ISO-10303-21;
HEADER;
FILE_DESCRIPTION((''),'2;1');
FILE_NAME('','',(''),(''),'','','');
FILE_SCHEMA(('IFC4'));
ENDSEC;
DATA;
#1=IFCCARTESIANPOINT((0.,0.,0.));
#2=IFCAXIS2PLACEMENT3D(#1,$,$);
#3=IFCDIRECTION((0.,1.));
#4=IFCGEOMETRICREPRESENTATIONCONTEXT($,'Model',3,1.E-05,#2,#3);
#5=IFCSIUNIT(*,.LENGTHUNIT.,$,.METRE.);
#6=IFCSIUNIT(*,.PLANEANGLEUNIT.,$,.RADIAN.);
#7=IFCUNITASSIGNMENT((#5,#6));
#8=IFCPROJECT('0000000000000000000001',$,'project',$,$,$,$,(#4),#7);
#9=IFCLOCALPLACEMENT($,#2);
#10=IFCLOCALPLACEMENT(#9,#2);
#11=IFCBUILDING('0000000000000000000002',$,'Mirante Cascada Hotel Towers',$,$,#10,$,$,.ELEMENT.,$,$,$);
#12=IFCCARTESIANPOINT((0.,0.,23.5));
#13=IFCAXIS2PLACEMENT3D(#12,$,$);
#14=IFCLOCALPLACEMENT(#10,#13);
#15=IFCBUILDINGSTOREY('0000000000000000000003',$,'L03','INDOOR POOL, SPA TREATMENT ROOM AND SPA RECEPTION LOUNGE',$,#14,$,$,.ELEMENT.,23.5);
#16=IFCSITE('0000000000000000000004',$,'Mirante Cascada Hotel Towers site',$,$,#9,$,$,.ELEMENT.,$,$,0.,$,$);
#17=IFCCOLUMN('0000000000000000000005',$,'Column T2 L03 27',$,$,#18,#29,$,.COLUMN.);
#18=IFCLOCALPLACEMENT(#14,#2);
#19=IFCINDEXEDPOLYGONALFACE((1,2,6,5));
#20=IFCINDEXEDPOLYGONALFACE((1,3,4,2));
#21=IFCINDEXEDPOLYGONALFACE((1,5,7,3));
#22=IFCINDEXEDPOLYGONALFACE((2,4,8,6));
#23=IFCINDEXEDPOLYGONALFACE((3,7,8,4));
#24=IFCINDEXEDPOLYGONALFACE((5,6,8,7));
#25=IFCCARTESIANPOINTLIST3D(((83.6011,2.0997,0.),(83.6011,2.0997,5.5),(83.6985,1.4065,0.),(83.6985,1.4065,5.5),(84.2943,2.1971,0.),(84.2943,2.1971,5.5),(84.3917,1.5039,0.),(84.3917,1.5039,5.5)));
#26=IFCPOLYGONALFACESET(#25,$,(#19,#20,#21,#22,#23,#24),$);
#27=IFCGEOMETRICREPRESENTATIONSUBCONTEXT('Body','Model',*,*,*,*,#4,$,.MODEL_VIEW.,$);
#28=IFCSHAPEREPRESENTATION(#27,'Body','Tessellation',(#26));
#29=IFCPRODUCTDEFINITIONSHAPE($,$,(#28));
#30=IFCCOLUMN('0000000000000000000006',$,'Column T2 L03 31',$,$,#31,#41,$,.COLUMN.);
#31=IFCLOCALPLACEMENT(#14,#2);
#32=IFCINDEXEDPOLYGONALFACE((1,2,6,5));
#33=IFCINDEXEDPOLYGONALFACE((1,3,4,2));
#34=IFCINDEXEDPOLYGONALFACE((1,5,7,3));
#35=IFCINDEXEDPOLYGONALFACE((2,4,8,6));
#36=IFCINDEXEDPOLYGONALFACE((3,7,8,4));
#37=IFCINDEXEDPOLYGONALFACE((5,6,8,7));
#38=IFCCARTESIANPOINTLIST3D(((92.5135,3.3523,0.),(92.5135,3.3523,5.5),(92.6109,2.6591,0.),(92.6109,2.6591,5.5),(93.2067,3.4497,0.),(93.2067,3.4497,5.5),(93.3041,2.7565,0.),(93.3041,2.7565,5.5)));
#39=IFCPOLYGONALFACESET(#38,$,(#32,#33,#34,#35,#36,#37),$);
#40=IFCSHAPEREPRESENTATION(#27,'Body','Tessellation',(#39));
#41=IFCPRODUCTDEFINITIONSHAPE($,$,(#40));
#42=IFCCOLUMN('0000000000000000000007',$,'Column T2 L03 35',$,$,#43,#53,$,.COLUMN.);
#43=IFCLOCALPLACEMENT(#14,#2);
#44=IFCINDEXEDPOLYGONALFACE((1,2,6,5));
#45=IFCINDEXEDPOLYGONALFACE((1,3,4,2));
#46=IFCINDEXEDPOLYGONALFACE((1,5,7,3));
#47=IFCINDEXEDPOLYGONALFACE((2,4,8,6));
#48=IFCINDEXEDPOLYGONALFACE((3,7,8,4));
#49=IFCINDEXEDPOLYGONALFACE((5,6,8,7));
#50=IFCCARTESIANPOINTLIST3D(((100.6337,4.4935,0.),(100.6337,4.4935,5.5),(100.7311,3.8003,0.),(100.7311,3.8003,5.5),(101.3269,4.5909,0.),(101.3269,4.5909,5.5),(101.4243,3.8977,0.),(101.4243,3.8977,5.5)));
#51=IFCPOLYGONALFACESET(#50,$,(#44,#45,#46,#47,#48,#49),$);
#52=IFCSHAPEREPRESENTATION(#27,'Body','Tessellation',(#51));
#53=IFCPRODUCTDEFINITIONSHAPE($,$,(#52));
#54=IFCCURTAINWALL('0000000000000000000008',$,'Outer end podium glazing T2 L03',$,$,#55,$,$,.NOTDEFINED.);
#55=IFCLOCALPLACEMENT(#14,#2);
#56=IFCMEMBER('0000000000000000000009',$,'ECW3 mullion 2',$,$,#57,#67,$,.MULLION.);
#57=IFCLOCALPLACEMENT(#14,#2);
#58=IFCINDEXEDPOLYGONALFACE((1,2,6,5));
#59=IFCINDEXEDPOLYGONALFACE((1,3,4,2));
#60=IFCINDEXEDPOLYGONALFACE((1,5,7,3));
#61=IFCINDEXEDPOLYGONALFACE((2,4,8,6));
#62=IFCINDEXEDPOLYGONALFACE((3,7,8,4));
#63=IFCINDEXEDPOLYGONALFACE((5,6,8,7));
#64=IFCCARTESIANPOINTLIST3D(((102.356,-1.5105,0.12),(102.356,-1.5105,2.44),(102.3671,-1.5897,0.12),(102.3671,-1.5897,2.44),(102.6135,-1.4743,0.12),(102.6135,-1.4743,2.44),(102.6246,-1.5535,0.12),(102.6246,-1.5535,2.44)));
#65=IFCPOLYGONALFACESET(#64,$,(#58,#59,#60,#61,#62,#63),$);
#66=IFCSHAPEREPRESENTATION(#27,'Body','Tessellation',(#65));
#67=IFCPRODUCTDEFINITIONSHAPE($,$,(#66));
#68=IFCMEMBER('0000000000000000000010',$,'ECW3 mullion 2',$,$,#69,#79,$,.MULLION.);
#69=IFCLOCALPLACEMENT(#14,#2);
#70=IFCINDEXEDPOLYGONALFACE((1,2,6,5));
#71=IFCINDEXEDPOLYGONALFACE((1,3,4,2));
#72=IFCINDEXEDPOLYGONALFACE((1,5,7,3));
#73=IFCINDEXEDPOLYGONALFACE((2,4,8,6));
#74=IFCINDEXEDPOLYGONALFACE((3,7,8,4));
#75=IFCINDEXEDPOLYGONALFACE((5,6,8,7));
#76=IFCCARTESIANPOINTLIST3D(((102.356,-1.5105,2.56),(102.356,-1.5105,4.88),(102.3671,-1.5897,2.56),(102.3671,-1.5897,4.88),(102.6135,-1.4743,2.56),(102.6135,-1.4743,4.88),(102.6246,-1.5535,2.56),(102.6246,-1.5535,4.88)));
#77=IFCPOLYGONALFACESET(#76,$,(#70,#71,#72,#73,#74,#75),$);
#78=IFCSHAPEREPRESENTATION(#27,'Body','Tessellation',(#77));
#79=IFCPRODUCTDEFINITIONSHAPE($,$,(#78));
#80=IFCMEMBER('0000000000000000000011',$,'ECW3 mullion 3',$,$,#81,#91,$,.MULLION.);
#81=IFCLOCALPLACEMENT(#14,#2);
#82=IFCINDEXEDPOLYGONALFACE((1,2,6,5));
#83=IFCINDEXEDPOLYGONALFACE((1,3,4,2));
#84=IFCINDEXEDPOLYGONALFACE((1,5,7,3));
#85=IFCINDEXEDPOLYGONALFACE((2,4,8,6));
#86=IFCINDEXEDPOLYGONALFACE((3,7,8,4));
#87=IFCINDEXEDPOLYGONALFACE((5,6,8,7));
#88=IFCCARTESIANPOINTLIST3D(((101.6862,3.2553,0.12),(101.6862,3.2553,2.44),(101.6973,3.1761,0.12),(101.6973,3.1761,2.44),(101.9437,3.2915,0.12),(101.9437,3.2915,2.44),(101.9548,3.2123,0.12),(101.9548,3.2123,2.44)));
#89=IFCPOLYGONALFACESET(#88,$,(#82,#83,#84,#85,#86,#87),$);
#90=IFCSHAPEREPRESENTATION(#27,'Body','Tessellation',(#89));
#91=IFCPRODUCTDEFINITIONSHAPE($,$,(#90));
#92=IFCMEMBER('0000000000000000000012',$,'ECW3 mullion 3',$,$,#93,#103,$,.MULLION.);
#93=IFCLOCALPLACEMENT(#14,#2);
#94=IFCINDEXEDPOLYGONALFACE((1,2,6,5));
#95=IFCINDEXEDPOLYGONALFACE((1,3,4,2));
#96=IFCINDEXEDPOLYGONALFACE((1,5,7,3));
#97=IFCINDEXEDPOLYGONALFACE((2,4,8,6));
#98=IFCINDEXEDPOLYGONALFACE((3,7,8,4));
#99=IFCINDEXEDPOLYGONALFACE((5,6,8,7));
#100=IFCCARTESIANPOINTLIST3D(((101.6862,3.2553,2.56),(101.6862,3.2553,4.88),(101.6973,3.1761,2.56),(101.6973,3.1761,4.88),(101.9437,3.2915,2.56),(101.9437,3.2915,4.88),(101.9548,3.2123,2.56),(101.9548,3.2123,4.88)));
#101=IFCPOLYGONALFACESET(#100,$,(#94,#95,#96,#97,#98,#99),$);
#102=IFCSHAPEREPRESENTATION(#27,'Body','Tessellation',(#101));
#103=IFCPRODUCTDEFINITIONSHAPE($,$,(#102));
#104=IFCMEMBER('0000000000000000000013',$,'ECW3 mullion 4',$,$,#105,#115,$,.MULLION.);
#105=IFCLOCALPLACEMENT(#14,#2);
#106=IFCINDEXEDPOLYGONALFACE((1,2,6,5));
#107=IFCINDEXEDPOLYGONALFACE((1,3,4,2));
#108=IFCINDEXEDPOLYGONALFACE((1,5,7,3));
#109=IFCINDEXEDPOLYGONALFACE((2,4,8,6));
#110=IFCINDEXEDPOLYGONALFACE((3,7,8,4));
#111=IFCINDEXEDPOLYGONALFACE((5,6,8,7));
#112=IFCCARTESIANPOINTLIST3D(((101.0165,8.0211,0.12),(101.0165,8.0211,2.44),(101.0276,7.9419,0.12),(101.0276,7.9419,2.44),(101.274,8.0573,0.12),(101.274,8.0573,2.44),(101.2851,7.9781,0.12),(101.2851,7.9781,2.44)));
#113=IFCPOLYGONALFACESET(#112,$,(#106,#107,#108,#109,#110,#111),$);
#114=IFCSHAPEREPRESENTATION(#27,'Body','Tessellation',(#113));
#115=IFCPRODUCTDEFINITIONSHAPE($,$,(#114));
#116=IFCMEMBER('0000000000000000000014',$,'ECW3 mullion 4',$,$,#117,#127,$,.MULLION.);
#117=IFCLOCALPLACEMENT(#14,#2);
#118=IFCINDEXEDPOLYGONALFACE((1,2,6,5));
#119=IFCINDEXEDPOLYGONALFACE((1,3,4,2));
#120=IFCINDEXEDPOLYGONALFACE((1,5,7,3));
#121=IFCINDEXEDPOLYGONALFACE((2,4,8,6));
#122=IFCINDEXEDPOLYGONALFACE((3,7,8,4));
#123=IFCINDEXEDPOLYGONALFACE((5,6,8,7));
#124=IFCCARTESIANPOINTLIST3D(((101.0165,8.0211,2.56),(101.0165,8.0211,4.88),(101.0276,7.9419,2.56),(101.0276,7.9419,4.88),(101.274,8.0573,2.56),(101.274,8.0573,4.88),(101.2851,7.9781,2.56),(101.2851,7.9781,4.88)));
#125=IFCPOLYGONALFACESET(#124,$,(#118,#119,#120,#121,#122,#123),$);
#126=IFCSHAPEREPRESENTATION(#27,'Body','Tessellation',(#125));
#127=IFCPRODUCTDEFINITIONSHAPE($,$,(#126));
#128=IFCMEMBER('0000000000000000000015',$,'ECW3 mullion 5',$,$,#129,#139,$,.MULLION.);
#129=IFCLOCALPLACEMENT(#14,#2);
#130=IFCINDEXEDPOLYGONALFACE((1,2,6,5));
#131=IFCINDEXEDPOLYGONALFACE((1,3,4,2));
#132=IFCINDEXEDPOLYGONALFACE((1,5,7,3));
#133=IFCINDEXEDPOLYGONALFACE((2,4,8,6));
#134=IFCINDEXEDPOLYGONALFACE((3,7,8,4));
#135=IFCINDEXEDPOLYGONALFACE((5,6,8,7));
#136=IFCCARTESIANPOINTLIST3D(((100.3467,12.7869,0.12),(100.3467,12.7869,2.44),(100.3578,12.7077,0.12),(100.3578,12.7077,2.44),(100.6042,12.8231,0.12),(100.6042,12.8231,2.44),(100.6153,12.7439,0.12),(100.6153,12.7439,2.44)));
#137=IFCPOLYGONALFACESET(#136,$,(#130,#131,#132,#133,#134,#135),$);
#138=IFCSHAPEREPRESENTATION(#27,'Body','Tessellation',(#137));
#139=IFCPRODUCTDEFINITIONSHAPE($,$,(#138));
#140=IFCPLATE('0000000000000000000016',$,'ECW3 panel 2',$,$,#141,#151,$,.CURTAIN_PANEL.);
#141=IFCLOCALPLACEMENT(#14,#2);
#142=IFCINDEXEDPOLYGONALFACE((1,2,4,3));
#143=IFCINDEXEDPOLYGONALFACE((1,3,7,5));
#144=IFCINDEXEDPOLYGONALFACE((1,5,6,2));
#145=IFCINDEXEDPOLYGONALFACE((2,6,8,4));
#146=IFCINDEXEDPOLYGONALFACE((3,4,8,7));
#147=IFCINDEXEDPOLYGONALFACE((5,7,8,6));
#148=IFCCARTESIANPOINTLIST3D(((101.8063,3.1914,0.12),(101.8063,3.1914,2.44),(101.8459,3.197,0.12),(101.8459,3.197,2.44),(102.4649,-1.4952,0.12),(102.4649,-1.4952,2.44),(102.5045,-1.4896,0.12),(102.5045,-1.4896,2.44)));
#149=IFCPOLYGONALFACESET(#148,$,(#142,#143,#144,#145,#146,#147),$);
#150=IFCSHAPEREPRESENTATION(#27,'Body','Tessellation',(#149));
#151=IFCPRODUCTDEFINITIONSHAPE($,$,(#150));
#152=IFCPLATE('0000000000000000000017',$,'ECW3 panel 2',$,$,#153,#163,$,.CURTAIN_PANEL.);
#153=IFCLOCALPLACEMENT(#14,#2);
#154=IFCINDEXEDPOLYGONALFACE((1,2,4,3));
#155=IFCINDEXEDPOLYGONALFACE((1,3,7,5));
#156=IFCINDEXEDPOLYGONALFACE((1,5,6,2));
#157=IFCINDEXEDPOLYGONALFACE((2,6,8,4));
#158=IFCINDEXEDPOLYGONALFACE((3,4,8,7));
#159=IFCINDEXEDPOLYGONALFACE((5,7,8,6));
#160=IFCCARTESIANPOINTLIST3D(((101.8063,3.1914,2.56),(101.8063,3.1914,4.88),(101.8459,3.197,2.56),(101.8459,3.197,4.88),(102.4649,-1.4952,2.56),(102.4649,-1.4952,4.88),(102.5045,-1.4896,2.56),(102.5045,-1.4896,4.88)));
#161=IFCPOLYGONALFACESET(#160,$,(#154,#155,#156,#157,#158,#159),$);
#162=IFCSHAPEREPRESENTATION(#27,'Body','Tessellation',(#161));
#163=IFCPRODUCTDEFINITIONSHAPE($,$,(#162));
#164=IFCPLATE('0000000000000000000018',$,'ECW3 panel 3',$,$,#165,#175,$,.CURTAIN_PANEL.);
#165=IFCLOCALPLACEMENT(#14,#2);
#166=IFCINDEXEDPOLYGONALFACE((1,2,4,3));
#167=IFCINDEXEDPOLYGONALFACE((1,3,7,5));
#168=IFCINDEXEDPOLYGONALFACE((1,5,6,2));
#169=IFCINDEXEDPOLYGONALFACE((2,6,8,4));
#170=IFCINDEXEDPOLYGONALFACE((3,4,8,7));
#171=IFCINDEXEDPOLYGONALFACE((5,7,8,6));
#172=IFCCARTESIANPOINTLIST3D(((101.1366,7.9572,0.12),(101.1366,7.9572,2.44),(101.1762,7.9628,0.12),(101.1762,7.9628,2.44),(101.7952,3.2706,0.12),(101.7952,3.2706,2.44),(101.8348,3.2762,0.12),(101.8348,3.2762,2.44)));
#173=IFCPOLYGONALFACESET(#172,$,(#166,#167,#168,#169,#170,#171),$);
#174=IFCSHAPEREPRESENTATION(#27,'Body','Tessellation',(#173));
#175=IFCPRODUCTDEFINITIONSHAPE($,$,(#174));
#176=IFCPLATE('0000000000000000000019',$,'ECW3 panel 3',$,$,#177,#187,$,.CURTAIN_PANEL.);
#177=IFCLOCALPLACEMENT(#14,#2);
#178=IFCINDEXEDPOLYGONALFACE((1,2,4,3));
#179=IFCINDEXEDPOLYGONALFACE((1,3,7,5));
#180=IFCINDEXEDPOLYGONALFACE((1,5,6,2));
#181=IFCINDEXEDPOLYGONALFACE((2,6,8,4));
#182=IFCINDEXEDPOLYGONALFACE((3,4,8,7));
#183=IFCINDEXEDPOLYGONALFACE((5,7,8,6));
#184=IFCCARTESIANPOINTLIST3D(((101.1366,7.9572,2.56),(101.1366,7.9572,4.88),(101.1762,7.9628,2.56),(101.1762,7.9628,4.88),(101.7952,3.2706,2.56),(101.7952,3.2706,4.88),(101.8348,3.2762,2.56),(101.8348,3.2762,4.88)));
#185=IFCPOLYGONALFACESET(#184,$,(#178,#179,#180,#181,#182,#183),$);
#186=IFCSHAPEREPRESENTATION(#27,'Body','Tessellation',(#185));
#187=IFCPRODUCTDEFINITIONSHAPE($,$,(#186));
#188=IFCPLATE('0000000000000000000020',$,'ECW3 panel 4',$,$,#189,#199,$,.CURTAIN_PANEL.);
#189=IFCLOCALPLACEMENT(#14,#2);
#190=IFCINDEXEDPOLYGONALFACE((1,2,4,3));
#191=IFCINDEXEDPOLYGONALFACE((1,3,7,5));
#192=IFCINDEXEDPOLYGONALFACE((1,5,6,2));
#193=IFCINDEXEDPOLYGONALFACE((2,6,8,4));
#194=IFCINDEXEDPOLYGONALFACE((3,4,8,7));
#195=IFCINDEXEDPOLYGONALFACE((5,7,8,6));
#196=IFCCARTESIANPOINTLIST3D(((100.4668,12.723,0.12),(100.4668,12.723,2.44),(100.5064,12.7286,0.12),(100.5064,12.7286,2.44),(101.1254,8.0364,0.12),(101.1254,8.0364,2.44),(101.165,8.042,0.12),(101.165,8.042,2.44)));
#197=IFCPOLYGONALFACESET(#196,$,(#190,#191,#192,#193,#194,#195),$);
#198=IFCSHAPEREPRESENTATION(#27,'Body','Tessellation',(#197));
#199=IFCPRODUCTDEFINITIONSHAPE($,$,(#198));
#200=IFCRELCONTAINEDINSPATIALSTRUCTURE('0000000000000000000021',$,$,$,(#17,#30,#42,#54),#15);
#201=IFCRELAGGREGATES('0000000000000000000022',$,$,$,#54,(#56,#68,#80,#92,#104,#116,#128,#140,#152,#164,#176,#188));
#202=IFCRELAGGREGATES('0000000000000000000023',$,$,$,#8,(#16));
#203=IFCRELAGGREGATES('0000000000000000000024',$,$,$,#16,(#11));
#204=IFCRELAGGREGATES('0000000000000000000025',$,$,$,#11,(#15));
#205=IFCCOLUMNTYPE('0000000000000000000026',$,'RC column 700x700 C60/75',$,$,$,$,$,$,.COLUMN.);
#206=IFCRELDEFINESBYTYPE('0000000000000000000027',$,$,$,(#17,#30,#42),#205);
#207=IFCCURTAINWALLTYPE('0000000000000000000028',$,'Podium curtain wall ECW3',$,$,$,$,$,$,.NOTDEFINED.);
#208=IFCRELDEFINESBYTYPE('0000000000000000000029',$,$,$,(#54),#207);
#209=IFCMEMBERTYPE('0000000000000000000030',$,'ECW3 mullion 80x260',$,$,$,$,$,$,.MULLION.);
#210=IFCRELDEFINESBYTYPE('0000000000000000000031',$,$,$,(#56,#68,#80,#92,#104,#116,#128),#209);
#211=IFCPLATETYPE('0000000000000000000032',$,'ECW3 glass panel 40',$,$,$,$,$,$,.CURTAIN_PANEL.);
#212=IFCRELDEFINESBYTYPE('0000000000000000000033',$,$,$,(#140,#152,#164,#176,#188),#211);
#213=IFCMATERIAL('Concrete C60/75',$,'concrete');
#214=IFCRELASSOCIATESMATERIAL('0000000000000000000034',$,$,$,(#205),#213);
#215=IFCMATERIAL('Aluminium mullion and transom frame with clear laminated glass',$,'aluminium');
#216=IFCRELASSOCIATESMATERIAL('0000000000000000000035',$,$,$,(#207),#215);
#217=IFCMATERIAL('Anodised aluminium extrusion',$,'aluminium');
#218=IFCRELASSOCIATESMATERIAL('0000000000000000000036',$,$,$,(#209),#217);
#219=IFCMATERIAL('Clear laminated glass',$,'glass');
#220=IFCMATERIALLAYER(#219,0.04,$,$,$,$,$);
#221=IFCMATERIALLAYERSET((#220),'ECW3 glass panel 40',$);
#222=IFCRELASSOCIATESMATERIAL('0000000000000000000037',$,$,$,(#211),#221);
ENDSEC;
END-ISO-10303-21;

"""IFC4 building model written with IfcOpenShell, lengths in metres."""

from ifc_helpers import new_model, si_unit, direction, frame, origin, origin_2d, place, context, subcontext, project, spatial, rectangle, extrude, material, layer, layer_set, material_profile, profile_set, type_object, element, aggregate, save


model = new_model("IFC4")

# Units and contexts
model_context = context("Model", 3, precision=1e-05, world=origin(), true_north=direction((0.0, 1.0)))
body_context = subcontext(model_context, "Body", "Model", "MODEL_VIEW")
ifc_project = project(units=[si_unit("LENGTHUNIT", "METRE"), si_unit("PLANEANGLEUNIT", "RADIAN")], contexts=[model_context])

# Site, building, storey
site_placement = place(None, origin())
site = spatial("IfcSite", under=ifc_project, at=site_placement, Name="Mirante Cascada Hotel Towers site", CompositionType="ELEMENT", RefElevation=0.0)
building_placement = place(site_placement, origin())
building = spatial("IfcBuilding", under=site, at=building_placement, Name="Mirante Cascada Hotel Towers", CompositionType="ELEMENT")
storey_placement = place(building_placement, frame((0.0, 0.0, 23.5)))
storey = spatial("IfcBuildingStorey", under=building, at=storey_placement, Name="L03", Description="INDOOR POOL, SPA TREATMENT ROOM AND SPA RECEPTION LOUNGE", CompositionType="ELEMENT", Elevation=23.5)

# Columns
ifc_material_1 = material(Name="Concrete C60/75", Category="concrete")
ifc_material_profile_1 = material_profile(ifc_material_1, rectangle(XDim=0.7, YDim=0.7, at=origin_2d()), Name="RC column 700x700 C60/75")
ifc_profile_set_1 = profile_set([ifc_material_profile_1], Name="Concrete C60/75")
column_type = type_object("IfcColumnType", Name="RC column 700x700 C60/75", PredefinedType="COLUMN", material=ifc_profile_set_1)
for number, where, z_axis, x_axis, name in (
    (1, (83.9964, 1.8018, 0.0), (0.0, 0.0, 1.0), (0.990268, 0.139173, 0.0), "Column T2 L03 27"),
    (2, (92.9088, 3.0544, 0.0), (0.0, 0.0, 1.0), (0.990268, 0.139173, 0.0), "Column T2 L03 31"),
    (3, (101.029, 4.1956, 0.0), (0.0, 0.0, 1.0), (0.990268, 0.139173, 0.0), "Column T2 L03 35"),
):
    element("IfcColumn", number, at=place(storey_placement, frame(where, z_axis=z_axis, x_axis=x_axis)), inside=storey, type_object=column_type, Name=name, PredefinedType="COLUMN", context=body_context, shape_type="SweptSolid", body=[
        extrude(rectangle(XDim=0.7, YDim=0.7, at=origin_2d()), origin(), (0.0, 0.0, 1.0), 5.5),
    ])

# Curtain wall, members, plates
ifc_material_2 = material(Name="Aluminium mullion and transom frame with clear laminated glass", Category="aluminium")
curtain_wall_type = type_object("IfcCurtainWallType", Name="Podium curtain wall ECW3", PredefinedType="NOTDEFINED", material=ifc_material_2)
curtain_wall_placement = place(storey_placement, origin())
curtain_wall = element("IfcCurtainWall", 4, at=curtain_wall_placement, inside=storey, type_object=curtain_wall_type, Name="Outer end podium glazing T2 L03", PredefinedType="NOTDEFINED")
ifc_material_3 = material(Name="Anodised aluminium extrusion", Category="aluminium")
ifc_material_profile_2 = material_profile(ifc_material_3, rectangle(XDim=0.26, YDim=0.08, at=origin_2d()), Name="ECW3 MULLION 80x260")
ifc_profile_set_2 = profile_set([ifc_material_profile_2], Name="Anodised aluminium extrusion")
member_type = type_object("IfcMemberType", Name="ECW3 mullion 80x260", PredefinedType="MULLION", material=ifc_profile_set_2)
member_1_placement = place(storey_placement, frame((102.4903, -1.532, 0.12), z_axis=(0.0, 0.0, 1.0), x_axis=(-0.990268, -0.139173, 0.0)))
member_1 = element("IfcMember", 5, at=member_1_placement, type_object=member_type, Name="ECW3 mullion 2", PredefinedType="MULLION", context=body_context, shape_type="SweptSolid", body=[
    extrude(rectangle(XDim=0.26, YDim=0.08, at=origin_2d()), origin(), (0.0, 0.0, 1.0), 2.32),
])
member_2_placement = place(storey_placement, frame((102.4903, -1.532, 2.56), z_axis=(0.0, 0.0, 1.0), x_axis=(-0.990268, -0.139173, 0.0)))
member_2 = element("IfcMember", 6, at=member_2_placement, type_object=member_type, Name="ECW3 mullion 2", PredefinedType="MULLION", context=body_context, shape_type="SweptSolid", body=[
    extrude(rectangle(XDim=0.26, YDim=0.08, at=origin_2d()), origin(), (0.0, 0.0, 1.0), 2.32),
])
member_3_placement = place(storey_placement, frame((101.8205, 3.2338, 0.12), z_axis=(0.0, 0.0, 1.0), x_axis=(-0.990268, -0.139173, 0.0)))
member_3 = element("IfcMember", 7, at=member_3_placement, type_object=member_type, Name="ECW3 mullion 3", PredefinedType="MULLION", context=body_context, shape_type="SweptSolid", body=[
    extrude(rectangle(XDim=0.26, YDim=0.08, at=origin_2d()), origin(), (0.0, 0.0, 1.0), 2.32),
])
member_4_placement = place(storey_placement, frame((101.8205, 3.2338, 2.56), z_axis=(0.0, 0.0, 1.0), x_axis=(-0.990268, -0.139173, 0.0)))
member_4 = element("IfcMember", 8, at=member_4_placement, type_object=member_type, Name="ECW3 mullion 3", PredefinedType="MULLION", context=body_context, shape_type="SweptSolid", body=[
    extrude(rectangle(XDim=0.26, YDim=0.08, at=origin_2d()), origin(), (0.0, 0.0, 1.0), 2.32),
])
member_5_placement = place(storey_placement, frame((101.1508, 7.9996, 0.12), z_axis=(0.0, 0.0, 1.0), x_axis=(-0.990268, -0.139173, 0.0)))
member_5 = element("IfcMember", 9, at=member_5_placement, type_object=member_type, Name="ECW3 mullion 4", PredefinedType="MULLION", context=body_context, shape_type="SweptSolid", body=[
    extrude(rectangle(XDim=0.26, YDim=0.08, at=origin_2d()), origin(), (0.0, 0.0, 1.0), 2.32),
])
member_6_placement = place(storey_placement, frame((101.1508, 7.9996, 2.56), z_axis=(0.0, 0.0, 1.0), x_axis=(-0.990268, -0.139173, 0.0)))
member_6 = element("IfcMember", 10, at=member_6_placement, type_object=member_type, Name="ECW3 mullion 4", PredefinedType="MULLION", context=body_context, shape_type="SweptSolid", body=[
    extrude(rectangle(XDim=0.26, YDim=0.08, at=origin_2d()), origin(), (0.0, 0.0, 1.0), 2.32),
])
member_7_placement = place(storey_placement, frame((100.481, 12.7654, 0.12), z_axis=(0.0, 0.0, 1.0), x_axis=(-0.990268, -0.139173, 0.0)))
member_7 = element("IfcMember", 11, at=member_7_placement, type_object=member_type, Name="ECW3 mullion 5", PredefinedType="MULLION", context=body_context, shape_type="SweptSolid", body=[
    extrude(rectangle(XDim=0.26, YDim=0.08, at=origin_2d()), origin(), (0.0, 0.0, 1.0), 2.32),
])
ifc_material_4 = material(Name="Clear laminated glass", Category="glass")
ifc_layer_1 = layer(ifc_material_4, 0.04)
ifc_layer_set_1 = layer_set([ifc_layer_1], Name="ECW3 glass panel 40")
plate_type = type_object("IfcPlateType", Name="ECW3 glass panel 40", PredefinedType="CURTAIN_PANEL", material=ifc_layer_set_1)
plate_1_placement = place(storey_placement, frame((102.1554, 0.8509, 0.12), z_axis=(0.0, 0.0, 1.0), x_axis=(-0.139173, 0.990268, 0.0)))
plate_1 = element("IfcPlate", 12, at=plate_1_placement, type_object=plate_type, Name="ECW3 panel 2", PredefinedType="CURTAIN_PANEL", context=body_context, shape_type="SweptSolid", body=[
    extrude(rectangle(XDim=4.7326, YDim=0.04, at=origin_2d()), origin(), (0.0, 0.0, 1.0), 2.32),
])
plate_2_placement = place(storey_placement, frame((102.1554, 0.8509, 2.56), z_axis=(0.0, 0.0, 1.0), x_axis=(-0.139173, 0.990268, 0.0)))
plate_2 = element("IfcPlate", 13, at=plate_2_placement, type_object=plate_type, Name="ECW3 panel 2", PredefinedType="CURTAIN_PANEL", context=body_context, shape_type="SweptSolid", body=[
    extrude(rectangle(XDim=4.7326, YDim=0.04, at=origin_2d()), origin(), (0.0, 0.0, 1.0), 2.32),
])
plate_3_placement = place(storey_placement, frame((101.4857, 5.6167, 0.12), z_axis=(0.0, 0.0, 1.0), x_axis=(-0.139173, 0.990268, 0.0)))
plate_3 = element("IfcPlate", 14, at=plate_3_placement, type_object=plate_type, Name="ECW3 panel 3", PredefinedType="CURTAIN_PANEL", context=body_context, shape_type="SweptSolid", body=[
    extrude(rectangle(XDim=4.7326, YDim=0.04, at=origin_2d()), origin(), (0.0, 0.0, 1.0), 2.32),
])
plate_4_placement = place(storey_placement, frame((101.4857, 5.6167, 2.56), z_axis=(0.0, 0.0, 1.0), x_axis=(-0.139173, 0.990268, 0.0)))
plate_4 = element("IfcPlate", 15, at=plate_4_placement, type_object=plate_type, Name="ECW3 panel 3", PredefinedType="CURTAIN_PANEL", context=body_context, shape_type="SweptSolid", body=[
    extrude(rectangle(XDim=4.7326, YDim=0.04, at=origin_2d()), origin(), (0.0, 0.0, 1.0), 2.32),
])
plate_5_placement = place(storey_placement, frame((100.8159, 10.3825, 0.12), z_axis=(0.0, 0.0, 1.0), x_axis=(-0.139173, 0.990268, 0.0)))
plate_5 = element("IfcPlate", 16, at=plate_5_placement, type_object=plate_type, Name="ECW3 panel 4", PredefinedType="CURTAIN_PANEL", context=body_context, shape_type="SweptSolid", body=[
    extrude(rectangle(XDim=4.7326, YDim=0.04, at=origin_2d()), origin(), (0.0, 0.0, 1.0), 2.32),
])
aggregate(curtain_wall, [member_1, member_2, member_3, member_4, member_5, member_6, member_7, plate_1, plate_2, plate_3, plate_4, plate_5])

save(model, "model.ifc")
